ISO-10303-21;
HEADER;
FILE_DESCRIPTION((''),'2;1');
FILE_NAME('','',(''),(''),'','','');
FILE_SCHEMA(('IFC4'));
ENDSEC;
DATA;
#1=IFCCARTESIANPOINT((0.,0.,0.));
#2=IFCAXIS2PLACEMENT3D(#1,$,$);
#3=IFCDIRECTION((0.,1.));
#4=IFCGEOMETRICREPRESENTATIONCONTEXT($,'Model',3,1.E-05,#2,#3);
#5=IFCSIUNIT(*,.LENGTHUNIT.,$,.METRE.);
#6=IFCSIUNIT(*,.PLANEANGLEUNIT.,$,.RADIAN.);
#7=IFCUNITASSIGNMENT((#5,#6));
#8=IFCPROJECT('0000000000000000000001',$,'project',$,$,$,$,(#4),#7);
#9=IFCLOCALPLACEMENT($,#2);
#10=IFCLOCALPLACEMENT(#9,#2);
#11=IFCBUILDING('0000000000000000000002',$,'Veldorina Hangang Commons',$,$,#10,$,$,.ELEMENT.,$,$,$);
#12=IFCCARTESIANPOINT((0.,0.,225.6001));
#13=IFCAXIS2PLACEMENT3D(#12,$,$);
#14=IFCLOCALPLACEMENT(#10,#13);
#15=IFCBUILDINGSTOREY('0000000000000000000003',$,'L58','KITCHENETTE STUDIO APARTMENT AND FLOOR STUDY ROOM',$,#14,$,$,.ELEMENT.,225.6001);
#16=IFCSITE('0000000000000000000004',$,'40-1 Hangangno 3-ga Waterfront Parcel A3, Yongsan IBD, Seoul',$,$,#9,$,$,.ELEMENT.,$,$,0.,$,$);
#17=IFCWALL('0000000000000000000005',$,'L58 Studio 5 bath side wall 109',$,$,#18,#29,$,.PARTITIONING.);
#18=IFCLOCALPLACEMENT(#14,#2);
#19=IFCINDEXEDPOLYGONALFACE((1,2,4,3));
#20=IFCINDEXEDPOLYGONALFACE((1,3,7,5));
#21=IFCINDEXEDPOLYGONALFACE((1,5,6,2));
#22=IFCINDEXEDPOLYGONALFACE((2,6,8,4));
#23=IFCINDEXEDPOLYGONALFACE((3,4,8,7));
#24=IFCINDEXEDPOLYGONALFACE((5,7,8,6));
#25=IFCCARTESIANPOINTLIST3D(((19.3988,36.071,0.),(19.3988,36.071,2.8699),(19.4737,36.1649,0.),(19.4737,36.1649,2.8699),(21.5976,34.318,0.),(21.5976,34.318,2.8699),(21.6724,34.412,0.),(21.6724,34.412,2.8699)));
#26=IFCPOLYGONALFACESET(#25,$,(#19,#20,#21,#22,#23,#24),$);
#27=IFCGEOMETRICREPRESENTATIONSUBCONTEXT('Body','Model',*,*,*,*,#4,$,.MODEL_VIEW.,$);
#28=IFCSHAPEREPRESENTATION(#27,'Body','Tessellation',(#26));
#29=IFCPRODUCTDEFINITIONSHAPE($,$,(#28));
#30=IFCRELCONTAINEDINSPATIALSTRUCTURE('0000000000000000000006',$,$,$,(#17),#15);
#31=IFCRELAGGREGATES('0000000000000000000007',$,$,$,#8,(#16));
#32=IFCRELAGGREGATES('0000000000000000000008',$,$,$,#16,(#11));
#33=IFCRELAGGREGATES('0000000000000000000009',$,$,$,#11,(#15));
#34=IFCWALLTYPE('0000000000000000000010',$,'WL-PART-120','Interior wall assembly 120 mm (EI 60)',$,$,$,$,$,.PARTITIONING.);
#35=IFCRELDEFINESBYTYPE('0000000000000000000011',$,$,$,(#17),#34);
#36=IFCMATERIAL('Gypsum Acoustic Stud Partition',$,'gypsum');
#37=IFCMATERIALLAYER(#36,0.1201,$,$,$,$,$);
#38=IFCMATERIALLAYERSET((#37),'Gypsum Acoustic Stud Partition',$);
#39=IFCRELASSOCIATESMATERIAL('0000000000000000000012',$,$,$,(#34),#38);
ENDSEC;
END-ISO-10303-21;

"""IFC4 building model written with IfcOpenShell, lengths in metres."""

from ifc_helpers import new_model, si_unit, direction, frame, frame_2d, origin, place, context, subcontext, project, spatial, rectangle, extrude, material, layer, layer_set, type_object, element, save


model = new_model("IFC4")

# Units and contexts
model_context = context("Model", 3, precision=1e-05, world=origin(), true_north=direction((0.0, 1.0)))
body_context = subcontext(model_context, "Body", "Model", "MODEL_VIEW")
ifc_project = project(units=[si_unit("LENGTHUNIT", "METRE"), si_unit("PLANEANGLEUNIT", "RADIAN")], contexts=[model_context])

# Site, building, storey
site_placement = place(None, origin())
site = spatial("IfcSite", under=ifc_project, at=site_placement, Name="40-1 Hangangno 3-ga Waterfront Parcel A3, Yongsan IBD, Seoul", CompositionType="ELEMENT", RefElevation=0.0)
building_placement = place(site_placement, origin())
building = spatial("IfcBuilding", under=site, at=building_placement, Name="Veldorina Hangang Commons", CompositionType="ELEMENT")
storey_placement = place(building_placement, frame((0.0, 0.0, 225.6001)))
storey = spatial("IfcBuildingStorey", under=building, at=storey_placement, Name="L58", Description="KITCHENETTE STUDIO APARTMENT AND FLOOR STUDY ROOM", CompositionType="ELEMENT", Elevation=225.6001)

# Shared definitions
ifc_material_1 = material(Name="Gypsum Acoustic Stud Partition", Category="gypsum")
ifc_layer_1 = layer(ifc_material_1, 0.1201)
ifc_layer_set_1 = layer_set([ifc_layer_1], Name="Gypsum Acoustic Stud Partition")
wall_type_1 = type_object("IfcWallType", Name="WL-PART-120", Description="Interior wall assembly 120 mm (EI 60)", PredefinedType="PARTITIONING", material=ifc_layer_set_1)

# Wall
wall_1_placement = place(storey_placement, frame((21.635, 34.365, 0.0), z_axis=(0.0, 0.0, 1.0), x_axis=(-0.781918, 0.623381, 0.0)))
element("IfcWall", 1, at=wall_1_placement, inside=storey, type_object=wall_type_1, Name="L58 Studio 5 bath side wall 109", PredefinedType="PARTITIONING", context=body_context, shape_type="SweptSolid", body=[
    extrude(rectangle(XDim=2.812, YDim=0.1201, at=frame_2d((1.406, 0.0))), origin(), (0.0, 0.0, 1.0), 2.8699),
])

save(model, "model.ifc")
